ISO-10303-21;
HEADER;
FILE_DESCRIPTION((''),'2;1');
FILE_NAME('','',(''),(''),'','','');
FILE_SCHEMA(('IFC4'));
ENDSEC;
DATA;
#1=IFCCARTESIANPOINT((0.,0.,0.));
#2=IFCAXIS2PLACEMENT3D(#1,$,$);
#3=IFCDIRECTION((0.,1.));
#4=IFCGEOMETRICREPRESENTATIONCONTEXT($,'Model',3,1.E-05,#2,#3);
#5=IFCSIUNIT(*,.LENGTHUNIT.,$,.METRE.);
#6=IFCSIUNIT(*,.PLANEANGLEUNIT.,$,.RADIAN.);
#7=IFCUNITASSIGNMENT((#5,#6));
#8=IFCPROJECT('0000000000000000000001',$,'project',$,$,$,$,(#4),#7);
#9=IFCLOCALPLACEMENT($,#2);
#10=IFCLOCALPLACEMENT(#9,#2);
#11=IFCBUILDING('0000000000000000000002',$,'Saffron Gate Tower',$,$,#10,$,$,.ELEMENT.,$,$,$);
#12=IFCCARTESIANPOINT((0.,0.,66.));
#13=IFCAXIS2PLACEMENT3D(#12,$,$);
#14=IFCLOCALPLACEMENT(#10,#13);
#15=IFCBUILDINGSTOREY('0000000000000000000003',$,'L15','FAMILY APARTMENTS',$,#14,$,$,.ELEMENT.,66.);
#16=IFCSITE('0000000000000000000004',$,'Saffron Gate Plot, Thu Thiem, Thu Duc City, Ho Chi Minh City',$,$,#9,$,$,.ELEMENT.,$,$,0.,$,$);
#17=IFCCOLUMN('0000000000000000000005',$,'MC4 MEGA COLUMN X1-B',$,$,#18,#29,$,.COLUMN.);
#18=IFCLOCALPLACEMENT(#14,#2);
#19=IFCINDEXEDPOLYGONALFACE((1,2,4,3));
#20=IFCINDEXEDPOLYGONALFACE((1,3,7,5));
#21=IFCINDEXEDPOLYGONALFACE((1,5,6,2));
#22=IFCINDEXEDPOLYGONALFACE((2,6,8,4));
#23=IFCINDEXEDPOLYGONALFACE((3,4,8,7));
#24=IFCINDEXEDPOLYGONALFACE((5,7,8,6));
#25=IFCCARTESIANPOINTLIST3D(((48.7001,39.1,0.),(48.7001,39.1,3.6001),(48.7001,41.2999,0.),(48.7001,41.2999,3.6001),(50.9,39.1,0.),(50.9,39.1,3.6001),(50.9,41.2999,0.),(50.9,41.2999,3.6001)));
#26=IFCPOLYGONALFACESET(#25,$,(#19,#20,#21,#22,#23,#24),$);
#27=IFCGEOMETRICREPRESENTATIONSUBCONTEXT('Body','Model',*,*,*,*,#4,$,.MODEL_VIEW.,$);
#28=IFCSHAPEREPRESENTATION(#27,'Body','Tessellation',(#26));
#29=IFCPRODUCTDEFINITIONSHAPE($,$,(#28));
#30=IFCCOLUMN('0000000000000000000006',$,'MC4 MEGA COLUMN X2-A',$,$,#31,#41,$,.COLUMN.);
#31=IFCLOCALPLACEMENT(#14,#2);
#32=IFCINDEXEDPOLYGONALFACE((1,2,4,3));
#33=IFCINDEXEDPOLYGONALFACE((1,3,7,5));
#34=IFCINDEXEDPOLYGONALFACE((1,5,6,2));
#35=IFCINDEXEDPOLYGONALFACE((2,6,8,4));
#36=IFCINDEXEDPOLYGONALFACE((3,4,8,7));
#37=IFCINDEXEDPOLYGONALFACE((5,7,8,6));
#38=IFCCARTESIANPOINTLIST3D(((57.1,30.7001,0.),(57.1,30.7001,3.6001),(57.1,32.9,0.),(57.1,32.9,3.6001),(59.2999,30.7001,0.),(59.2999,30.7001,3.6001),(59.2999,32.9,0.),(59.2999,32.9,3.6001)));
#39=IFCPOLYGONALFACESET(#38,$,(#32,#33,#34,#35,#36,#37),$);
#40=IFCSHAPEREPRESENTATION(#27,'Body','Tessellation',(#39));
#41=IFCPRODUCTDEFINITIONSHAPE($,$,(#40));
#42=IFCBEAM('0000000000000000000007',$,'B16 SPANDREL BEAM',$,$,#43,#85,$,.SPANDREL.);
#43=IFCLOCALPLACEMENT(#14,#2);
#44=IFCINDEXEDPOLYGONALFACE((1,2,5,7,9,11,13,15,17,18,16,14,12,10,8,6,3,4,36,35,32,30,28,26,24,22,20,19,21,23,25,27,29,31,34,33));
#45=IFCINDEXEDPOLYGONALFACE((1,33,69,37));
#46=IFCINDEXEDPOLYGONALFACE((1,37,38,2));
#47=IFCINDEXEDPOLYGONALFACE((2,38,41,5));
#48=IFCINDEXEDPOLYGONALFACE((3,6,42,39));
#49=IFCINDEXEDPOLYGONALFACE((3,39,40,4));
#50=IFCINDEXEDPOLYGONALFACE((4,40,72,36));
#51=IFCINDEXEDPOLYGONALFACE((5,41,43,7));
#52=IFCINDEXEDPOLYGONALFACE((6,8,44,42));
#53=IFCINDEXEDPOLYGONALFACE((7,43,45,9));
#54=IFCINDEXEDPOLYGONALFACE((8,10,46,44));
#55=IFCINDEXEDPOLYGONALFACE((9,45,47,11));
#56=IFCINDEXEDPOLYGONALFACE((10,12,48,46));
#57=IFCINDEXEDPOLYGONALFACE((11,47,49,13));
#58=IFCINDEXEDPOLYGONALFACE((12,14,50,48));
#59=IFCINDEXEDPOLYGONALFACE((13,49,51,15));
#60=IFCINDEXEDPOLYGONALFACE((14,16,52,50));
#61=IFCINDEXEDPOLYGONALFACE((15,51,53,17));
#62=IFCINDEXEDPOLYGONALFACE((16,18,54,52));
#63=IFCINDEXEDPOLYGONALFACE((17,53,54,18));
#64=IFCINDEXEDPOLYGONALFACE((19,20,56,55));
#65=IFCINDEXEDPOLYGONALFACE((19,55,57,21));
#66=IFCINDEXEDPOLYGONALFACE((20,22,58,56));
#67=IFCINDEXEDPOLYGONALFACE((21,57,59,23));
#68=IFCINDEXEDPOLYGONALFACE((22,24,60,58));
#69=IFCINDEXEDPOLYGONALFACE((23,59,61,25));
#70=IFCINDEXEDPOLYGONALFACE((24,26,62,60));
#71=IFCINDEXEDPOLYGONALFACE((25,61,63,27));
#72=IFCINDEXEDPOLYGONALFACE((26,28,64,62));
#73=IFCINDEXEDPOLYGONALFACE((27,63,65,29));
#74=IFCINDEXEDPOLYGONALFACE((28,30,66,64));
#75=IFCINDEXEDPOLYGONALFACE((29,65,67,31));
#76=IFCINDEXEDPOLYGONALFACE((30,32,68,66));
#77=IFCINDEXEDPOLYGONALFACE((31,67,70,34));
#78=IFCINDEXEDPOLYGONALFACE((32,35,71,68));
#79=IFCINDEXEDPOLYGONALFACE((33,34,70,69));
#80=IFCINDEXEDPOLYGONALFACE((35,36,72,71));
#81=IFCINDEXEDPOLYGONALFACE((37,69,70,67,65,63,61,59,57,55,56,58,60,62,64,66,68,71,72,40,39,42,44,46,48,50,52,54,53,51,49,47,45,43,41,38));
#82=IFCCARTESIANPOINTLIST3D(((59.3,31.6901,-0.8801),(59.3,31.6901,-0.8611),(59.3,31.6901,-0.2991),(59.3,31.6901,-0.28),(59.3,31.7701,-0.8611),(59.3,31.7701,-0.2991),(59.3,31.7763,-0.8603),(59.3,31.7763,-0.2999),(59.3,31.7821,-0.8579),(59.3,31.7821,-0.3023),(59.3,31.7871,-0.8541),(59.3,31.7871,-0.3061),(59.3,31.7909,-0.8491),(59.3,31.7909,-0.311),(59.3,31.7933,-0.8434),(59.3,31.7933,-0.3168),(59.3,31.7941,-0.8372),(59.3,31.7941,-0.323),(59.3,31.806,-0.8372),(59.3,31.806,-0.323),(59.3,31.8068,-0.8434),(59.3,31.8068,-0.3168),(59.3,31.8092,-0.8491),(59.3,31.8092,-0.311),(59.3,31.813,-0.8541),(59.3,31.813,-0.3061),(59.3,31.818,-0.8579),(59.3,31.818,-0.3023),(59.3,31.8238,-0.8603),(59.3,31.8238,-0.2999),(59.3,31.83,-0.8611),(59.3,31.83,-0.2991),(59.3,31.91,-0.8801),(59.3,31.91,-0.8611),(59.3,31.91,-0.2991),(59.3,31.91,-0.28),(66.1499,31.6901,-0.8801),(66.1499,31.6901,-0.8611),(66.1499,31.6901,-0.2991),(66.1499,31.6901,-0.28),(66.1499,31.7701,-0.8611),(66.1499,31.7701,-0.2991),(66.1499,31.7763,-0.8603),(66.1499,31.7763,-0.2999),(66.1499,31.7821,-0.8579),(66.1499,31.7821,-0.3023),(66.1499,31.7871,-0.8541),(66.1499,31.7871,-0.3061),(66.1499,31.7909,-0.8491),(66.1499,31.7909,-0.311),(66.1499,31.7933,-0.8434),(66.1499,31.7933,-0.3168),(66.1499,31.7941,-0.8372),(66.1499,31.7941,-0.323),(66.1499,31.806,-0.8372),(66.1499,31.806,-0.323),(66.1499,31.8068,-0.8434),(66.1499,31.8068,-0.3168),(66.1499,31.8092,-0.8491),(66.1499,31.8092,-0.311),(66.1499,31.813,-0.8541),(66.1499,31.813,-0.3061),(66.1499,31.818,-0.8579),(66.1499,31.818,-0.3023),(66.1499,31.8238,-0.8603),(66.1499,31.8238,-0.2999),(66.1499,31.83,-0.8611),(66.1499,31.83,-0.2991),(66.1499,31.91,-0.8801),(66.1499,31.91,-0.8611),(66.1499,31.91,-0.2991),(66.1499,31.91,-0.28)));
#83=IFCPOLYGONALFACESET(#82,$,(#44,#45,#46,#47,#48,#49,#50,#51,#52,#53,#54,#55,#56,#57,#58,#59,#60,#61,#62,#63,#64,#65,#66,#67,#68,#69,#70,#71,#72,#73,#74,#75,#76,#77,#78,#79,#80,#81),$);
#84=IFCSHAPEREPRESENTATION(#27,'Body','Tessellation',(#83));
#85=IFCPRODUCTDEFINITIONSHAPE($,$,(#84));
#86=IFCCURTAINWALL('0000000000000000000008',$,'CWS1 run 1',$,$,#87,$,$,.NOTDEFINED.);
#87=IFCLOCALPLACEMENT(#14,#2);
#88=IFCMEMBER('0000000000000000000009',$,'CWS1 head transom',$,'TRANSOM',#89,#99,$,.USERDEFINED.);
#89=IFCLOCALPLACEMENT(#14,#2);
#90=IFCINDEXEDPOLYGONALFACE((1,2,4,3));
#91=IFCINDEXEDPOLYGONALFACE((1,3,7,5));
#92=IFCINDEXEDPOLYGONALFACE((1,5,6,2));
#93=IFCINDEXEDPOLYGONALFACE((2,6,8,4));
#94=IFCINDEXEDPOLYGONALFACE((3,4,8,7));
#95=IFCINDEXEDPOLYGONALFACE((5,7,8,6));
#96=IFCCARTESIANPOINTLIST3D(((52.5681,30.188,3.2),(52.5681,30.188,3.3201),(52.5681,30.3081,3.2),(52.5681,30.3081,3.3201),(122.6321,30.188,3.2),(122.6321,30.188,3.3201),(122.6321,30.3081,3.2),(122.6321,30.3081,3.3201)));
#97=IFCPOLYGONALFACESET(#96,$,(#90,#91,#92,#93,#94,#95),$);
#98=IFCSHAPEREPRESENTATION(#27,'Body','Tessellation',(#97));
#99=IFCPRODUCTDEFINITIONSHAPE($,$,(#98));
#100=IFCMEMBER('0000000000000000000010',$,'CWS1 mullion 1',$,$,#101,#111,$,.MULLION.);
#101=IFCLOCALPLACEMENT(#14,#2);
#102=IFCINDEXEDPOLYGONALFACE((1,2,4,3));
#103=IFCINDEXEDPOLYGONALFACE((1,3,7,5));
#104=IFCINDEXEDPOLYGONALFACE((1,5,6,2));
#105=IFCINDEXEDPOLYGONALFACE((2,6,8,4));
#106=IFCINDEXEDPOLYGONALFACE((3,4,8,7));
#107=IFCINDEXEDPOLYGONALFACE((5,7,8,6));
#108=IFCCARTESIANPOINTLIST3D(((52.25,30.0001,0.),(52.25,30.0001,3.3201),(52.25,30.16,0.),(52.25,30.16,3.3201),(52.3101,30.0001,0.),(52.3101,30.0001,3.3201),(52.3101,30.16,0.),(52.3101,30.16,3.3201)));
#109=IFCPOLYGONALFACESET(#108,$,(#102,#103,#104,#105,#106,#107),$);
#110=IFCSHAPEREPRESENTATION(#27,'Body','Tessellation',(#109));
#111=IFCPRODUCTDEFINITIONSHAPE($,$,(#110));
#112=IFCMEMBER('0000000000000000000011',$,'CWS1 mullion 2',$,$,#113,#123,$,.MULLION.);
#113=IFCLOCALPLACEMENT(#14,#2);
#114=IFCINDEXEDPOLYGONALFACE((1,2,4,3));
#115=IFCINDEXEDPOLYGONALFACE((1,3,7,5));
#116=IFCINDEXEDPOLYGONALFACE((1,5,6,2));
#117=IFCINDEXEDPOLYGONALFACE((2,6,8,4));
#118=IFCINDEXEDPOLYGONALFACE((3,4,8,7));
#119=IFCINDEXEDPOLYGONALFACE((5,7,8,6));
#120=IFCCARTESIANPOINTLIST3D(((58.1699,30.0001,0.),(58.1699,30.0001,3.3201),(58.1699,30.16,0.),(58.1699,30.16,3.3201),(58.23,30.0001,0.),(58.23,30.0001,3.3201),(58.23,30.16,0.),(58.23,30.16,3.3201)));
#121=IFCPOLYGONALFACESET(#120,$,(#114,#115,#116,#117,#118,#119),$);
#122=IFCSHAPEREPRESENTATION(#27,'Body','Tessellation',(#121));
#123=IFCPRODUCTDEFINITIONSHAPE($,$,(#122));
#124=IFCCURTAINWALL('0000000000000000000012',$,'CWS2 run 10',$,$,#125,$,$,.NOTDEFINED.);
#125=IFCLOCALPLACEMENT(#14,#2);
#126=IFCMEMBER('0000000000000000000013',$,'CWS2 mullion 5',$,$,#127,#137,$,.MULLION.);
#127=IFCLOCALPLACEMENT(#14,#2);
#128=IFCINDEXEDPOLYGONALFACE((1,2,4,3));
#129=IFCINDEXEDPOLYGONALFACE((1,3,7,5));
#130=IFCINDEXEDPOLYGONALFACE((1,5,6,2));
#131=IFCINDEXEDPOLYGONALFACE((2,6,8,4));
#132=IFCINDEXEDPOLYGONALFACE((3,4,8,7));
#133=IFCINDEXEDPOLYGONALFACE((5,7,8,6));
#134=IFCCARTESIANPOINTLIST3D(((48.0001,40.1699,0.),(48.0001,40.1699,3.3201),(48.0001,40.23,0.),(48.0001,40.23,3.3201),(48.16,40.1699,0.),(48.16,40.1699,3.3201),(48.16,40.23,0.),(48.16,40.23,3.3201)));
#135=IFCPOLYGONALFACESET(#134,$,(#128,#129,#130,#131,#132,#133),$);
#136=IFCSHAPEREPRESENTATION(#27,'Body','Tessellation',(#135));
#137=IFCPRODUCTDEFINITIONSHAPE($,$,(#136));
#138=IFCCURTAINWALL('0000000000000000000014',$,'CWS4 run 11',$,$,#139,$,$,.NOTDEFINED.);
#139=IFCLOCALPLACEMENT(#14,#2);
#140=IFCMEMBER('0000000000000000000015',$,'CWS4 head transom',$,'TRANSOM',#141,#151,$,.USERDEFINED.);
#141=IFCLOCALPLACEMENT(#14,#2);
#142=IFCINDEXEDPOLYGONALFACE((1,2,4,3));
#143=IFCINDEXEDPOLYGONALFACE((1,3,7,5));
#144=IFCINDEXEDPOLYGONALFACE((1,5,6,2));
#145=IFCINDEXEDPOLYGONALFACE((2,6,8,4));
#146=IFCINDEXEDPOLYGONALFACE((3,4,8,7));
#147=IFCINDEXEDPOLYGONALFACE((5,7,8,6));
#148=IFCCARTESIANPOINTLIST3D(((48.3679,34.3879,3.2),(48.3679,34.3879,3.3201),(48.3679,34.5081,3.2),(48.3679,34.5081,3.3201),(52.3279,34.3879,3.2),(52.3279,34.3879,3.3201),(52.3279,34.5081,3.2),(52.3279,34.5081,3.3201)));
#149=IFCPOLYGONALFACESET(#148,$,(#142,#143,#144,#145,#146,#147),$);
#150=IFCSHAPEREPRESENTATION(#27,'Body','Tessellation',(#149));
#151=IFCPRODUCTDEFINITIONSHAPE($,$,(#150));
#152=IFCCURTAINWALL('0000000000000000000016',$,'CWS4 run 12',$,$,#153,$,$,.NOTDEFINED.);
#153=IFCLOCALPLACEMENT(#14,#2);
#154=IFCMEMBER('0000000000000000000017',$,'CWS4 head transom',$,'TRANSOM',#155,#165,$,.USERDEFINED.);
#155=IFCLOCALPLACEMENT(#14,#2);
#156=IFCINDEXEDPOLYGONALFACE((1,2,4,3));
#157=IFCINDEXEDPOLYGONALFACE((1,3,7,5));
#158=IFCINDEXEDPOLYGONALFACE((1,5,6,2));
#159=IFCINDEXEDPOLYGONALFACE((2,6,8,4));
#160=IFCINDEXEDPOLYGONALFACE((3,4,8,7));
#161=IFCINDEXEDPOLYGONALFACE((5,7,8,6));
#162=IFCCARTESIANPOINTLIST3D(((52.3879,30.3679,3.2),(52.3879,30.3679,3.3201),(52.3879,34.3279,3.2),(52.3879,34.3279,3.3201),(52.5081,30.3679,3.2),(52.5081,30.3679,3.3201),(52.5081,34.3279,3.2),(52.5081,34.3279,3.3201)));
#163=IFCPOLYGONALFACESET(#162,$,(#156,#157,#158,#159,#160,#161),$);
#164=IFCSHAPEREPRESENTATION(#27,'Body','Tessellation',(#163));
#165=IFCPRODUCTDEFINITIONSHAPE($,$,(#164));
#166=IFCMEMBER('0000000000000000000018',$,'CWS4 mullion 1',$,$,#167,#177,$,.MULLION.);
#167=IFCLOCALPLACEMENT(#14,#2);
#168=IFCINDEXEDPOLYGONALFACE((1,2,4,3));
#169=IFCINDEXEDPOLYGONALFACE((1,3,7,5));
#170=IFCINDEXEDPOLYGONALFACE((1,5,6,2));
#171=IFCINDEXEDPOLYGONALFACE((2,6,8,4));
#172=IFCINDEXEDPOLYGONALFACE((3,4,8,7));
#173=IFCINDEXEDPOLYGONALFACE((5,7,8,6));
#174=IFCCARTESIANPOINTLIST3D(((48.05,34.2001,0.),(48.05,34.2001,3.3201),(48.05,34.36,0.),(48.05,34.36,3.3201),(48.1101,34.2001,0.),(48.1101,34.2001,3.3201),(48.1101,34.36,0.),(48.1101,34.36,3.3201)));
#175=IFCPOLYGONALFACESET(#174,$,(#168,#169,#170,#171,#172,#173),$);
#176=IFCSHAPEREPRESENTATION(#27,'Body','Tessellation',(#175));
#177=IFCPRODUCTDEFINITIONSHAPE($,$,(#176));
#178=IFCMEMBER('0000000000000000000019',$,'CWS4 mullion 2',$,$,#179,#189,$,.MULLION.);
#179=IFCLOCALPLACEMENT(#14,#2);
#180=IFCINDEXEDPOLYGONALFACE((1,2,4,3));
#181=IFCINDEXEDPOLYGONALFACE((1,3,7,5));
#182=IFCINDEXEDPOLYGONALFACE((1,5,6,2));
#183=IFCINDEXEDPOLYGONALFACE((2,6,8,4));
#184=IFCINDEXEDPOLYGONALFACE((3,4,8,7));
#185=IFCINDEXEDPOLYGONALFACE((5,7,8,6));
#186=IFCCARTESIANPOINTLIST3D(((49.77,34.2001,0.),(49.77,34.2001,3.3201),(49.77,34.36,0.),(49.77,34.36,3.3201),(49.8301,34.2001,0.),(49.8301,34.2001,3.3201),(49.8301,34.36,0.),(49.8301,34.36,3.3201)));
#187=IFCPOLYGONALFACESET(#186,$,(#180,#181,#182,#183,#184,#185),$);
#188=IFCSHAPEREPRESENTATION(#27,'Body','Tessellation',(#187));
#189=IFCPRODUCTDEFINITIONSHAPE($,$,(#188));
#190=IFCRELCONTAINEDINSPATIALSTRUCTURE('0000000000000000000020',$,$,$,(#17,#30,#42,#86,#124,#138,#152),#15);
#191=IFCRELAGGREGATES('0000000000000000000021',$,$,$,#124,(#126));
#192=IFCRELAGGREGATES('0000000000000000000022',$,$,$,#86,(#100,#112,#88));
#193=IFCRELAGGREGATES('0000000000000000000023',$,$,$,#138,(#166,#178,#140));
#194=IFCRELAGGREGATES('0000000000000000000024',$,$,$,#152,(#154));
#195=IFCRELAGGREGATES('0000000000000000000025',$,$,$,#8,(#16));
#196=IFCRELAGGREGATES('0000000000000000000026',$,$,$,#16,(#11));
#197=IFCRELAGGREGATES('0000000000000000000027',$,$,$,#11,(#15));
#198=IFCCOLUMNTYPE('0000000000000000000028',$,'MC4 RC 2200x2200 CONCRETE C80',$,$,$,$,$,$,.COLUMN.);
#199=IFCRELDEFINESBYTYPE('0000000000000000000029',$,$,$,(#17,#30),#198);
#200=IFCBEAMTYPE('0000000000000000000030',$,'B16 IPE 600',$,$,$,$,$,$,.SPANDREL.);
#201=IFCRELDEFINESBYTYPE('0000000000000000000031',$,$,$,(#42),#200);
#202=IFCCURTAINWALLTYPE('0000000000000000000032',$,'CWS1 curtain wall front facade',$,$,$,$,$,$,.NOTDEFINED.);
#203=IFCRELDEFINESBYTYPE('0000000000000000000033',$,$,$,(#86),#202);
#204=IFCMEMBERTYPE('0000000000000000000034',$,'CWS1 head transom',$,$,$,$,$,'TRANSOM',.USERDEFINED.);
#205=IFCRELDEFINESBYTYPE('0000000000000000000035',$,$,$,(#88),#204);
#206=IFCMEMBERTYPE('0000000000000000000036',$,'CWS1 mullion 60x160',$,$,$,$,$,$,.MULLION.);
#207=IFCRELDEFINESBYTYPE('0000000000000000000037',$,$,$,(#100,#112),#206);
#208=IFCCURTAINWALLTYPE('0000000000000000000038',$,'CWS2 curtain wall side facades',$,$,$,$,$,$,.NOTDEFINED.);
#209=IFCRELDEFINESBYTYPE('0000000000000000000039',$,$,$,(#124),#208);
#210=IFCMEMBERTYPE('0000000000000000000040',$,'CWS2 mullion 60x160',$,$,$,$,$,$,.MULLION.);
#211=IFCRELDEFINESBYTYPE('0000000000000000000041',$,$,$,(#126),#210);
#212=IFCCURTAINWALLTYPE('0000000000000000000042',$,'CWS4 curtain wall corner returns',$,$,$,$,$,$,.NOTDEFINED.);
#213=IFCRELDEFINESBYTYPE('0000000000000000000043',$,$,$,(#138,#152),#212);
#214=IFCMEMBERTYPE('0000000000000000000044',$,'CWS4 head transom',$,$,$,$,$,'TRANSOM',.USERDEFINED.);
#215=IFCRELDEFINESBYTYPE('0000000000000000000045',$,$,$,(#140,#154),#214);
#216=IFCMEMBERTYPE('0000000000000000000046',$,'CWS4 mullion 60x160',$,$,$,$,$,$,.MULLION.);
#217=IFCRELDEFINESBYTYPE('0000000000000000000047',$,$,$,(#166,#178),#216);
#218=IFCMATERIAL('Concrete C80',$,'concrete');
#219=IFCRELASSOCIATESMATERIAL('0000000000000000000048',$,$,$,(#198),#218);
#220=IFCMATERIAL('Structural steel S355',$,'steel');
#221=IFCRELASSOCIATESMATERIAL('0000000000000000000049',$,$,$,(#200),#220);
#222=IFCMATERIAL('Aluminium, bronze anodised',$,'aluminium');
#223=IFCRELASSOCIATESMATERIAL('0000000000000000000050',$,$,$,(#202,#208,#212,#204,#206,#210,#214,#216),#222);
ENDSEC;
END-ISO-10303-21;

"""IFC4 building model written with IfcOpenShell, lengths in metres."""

from ifc_helpers import new_model, si_unit, direction, frame, origin, origin_2d, place, context, subcontext, project, spatial, rectangle, i_section, extrude, material, material_profile, profile_set, type_object, element, aggregate, save


model = new_model("IFC4")

# Units and contexts
model_context = context("Model", 3, precision=1e-05, world=origin(), true_north=direction((0.0, 1.0)))
body_context = subcontext(model_context, "Body", "Model", "MODEL_VIEW")
ifc_project = project(units=[si_unit("LENGTHUNIT", "METRE"), si_unit("PLANEANGLEUNIT", "RADIAN")], contexts=[model_context])

# Site, building, storey
site_placement = place(None, origin())
site = spatial("IfcSite", under=ifc_project, at=site_placement, Name="Saffron Gate Plot, Thu Thiem, Thu Duc City, Ho Chi Minh City", CompositionType="ELEMENT", RefElevation=0.0)
building_placement = place(site_placement, origin())
building = spatial("IfcBuilding", under=site, at=building_placement, Name="Saffron Gate Tower", CompositionType="ELEMENT")
storey_placement = place(building_placement, frame((0.0, 0.0, 66.0)))
storey = spatial("IfcBuildingStorey", under=building, at=storey_placement, Name="L15", Description="FAMILY APARTMENTS", CompositionType="ELEMENT", Elevation=66.0)

# Columns
ifc_material_1 = material(Name="Concrete C80", Category="concrete")
ifc_material_profile_1 = material_profile(ifc_material_1, rectangle(XDim=2.2, YDim=2.2, at=origin_2d()))
ifc_profile_set_1 = profile_set([ifc_material_profile_1], Name="Concrete C80")
column_type = type_object("IfcColumnType", Name="MC4 RC 2200x2200 CONCRETE C80", PredefinedType="COLUMN", material=ifc_profile_set_1)
for number, where, z_axis, x_axis, name in (
    (1, (49.8, 40.2, 0.0), (0.0, 0.0, 1.0), (1.0, 0.0, 0.0), "MC4 MEGA COLUMN X1-B"),
    (2, (58.2, 31.8, 0.0), (0.0, 0.0, 1.0), (1.0, 0.0, 0.0), "MC4 MEGA COLUMN X2-A"),
):
    element("IfcColumn", number, at=place(storey_placement, frame(where, z_axis=z_axis, x_axis=x_axis)), inside=storey, type_object=column_type, Name=name, PredefinedType="COLUMN", context=body_context, shape_type="SweptSolid", body=[
        extrude(rectangle(XDim=2.2, YDim=2.2, at=origin_2d()), origin(), (0.0, 0.0, 1.0), 3.6001),
    ])

# Beam
ifc_material_2 = material(Name="Structural steel S355", Category="steel")
ifc_material_profile_2 = material_profile(ifc_material_2, i_section(OverallWidth=0.22, OverallDepth=0.6001, WebThickness=0.012, FlangeThickness=0.019, FilletRadius=0.0239, at=origin_2d()))
ifc_profile_set_2 = profile_set([ifc_material_profile_2], Name="Structural steel S355")
beam_type = type_object("IfcBeamType", Name="B16 IPE 600", PredefinedType="SPANDREL", material=ifc_profile_set_2)
beam_placement = place(storey_placement, frame((59.3, 31.8, -0.5801), z_axis=(1.0, 0.0, 0.0), x_axis=(0.0, 1.0, 0.0)))
element("IfcBeam", 3, at=beam_placement, inside=storey, type_object=beam_type, Name="B16 SPANDREL BEAM", PredefinedType="SPANDREL", context=body_context, shape_type="SweptSolid", body=[
    extrude(i_section(OverallWidth=0.22, OverallDepth=0.6001, WebThickness=0.012, FlangeThickness=0.019, FilletRadius=0.0239, at=origin_2d()), origin(), (0.0, 0.0, 1.0), 6.8499),
])

# Curtain wall, members
ifc_material_3 = material(Name="Aluminium, bronze anodised", Category="aluminium")
curtain_wall_type_1 = type_object("IfcCurtainWallType", Name="CWS1 curtain wall front facade", PredefinedType="NOTDEFINED", material=ifc_material_3)
curtain_wall_1_placement = place(storey_placement, origin())
curtain_wall_1 = element("IfcCurtainWall", 4, at=curtain_wall_1_placement, inside=storey, type_object=curtain_wall_type_1, Name="CWS1 run 1", PredefinedType="NOTDEFINED")
ifc_material_profile_3 = material_profile(ifc_material_3, rectangle(XDim=0.1201, YDim=0.1201, at=origin_2d()))
ifc_profile_set_3 = profile_set([ifc_material_profile_3], Name="Aluminium, bronze anodised")
member_type_1 = type_object("IfcMemberType", Name="CWS1 head transom", ElementType="TRANSOM", PredefinedType="USERDEFINED", material=ifc_profile_set_3)
member_1_placement = place(storey_placement, frame((52.5681, 30.248, 3.26), z_axis=(1.0, 0.0, 0.0), x_axis=(0.0, 1.0, 0.0)))
member_1 = element("IfcMember", 5, at=member_1_placement, type_object=member_type_1, Name="CWS1 head transom", ObjectType="TRANSOM", PredefinedType="USERDEFINED", context=body_context, shape_type="SweptSolid", body=[
    extrude(rectangle(XDim=0.1201, YDim=0.1201, at=origin_2d()), origin(), (0.0, 0.0, 1.0), 70.064),
])
ifc_material_profile_4 = material_profile(ifc_material_3, rectangle(XDim=0.1599, YDim=0.0601, at=origin_2d()))
ifc_profile_set_4 = profile_set([ifc_material_profile_4], Name="Aluminium, bronze anodised")
member_type_2 = type_object("IfcMemberType", Name="CWS1 mullion 60x160", PredefinedType="MULLION", material=ifc_profile_set_4)
member_2_placement = place(storey_placement, frame((52.28, 30.0801, 0.0), z_axis=(0.0, 0.0, 1.0), x_axis=(0.0, 1.0, 0.0)))
member_2 = element("IfcMember", 6, at=member_2_placement, type_object=member_type_2, Name="CWS1 mullion 1", PredefinedType="MULLION", context=body_context, shape_type="SweptSolid", body=[
    extrude(rectangle(XDim=0.1599, YDim=0.0601, at=origin_2d()), origin(), (0.0, 0.0, 1.0), 3.3201),
])
member_3_placement = place(storey_placement, frame((58.2, 30.0801, 0.0), z_axis=(0.0, 0.0, 1.0), x_axis=(0.0, 1.0, 0.0)))
member_3 = element("IfcMember", 7, at=member_3_placement, type_object=member_type_2, Name="CWS1 mullion 2", PredefinedType="MULLION", context=body_context, shape_type="SweptSolid", body=[
    extrude(rectangle(XDim=0.1599, YDim=0.0601, at=origin_2d()), origin(), (0.0, 0.0, 1.0), 3.3201),
])

# Curtain walls, members
curtain_wall_type_2 = type_object("IfcCurtainWallType", Name="CWS2 curtain wall side facades", PredefinedType="NOTDEFINED", material=ifc_material_3)
curtain_wall_2_placement = place(storey_placement, origin())
curtain_wall_2 = element("IfcCurtainWall", 8, at=curtain_wall_2_placement, inside=storey, type_object=curtain_wall_type_2, Name="CWS2 run 10", PredefinedType="NOTDEFINED")
ifc_material_profile_5 = material_profile(ifc_material_3, rectangle(XDim=0.1599, YDim=0.0601, at=origin_2d()))
ifc_profile_set_5 = profile_set([ifc_material_profile_5], Name="Aluminium, bronze anodised")
member_type_3 = type_object("IfcMemberType", Name="CWS2 mullion 60x160", PredefinedType="MULLION", material=ifc_profile_set_5)
member_4_placement = place(storey_placement, frame((48.0801, 40.2, 0.0), z_axis=(0.0, 0.0, 1.0), x_axis=(1.0, 0.0, 0.0)))
member_4 = element("IfcMember", 9, at=member_4_placement, type_object=member_type_3, Name="CWS2 mullion 5", PredefinedType="MULLION", context=body_context, shape_type="SweptSolid", body=[
    extrude(rectangle(XDim=0.1599, YDim=0.0601, at=origin_2d()), origin(), (0.0, 0.0, 1.0), 3.3201),
])
aggregate(curtain_wall_2, [member_4])
curtain_wall_type_3 = type_object("IfcCurtainWallType", Name="CWS4 curtain wall corner returns", PredefinedType="NOTDEFINED", material=ifc_material_3)
curtain_wall_3_placement = place(storey_placement, origin())
curtain_wall_3 = element("IfcCurtainWall", 10, at=curtain_wall_3_placement, inside=storey, type_object=curtain_wall_type_3, Name="CWS4 run 11", PredefinedType="NOTDEFINED")
ifc_material_profile_6 = material_profile(ifc_material_3, rectangle(XDim=0.1201, YDim=0.1201, at=origin_2d()))
ifc_profile_set_6 = profile_set([ifc_material_profile_6], Name="Aluminium, bronze anodised")
member_type_4 = type_object("IfcMemberType", Name="CWS4 head transom", ElementType="TRANSOM", PredefinedType="USERDEFINED", material=ifc_profile_set_6)
member_5_placement = place(storey_placement, frame((48.3679, 34.448, 3.26), z_axis=(1.0, 0.0, 0.0), x_axis=(0.0, 1.0, 0.0)))
member_5 = element("IfcMember", 11, at=member_5_placement, type_object=member_type_4, Name="CWS4 head transom", ObjectType="TRANSOM", PredefinedType="USERDEFINED", context=body_context, shape_type="SweptSolid", body=[
    extrude(rectangle(XDim=0.1201, YDim=0.1201, at=origin_2d()), origin(), (0.0, 0.0, 1.0), 3.96),
])
curtain_wall_4_placement = place(storey_placement, origin())
curtain_wall_4 = element("IfcCurtainWall", 12, at=curtain_wall_4_placement, inside=storey, type_object=curtain_wall_type_3, Name="CWS4 run 12", PredefinedType="NOTDEFINED")
member_6_placement = place(storey_placement, frame((52.448, 34.3279, 3.26), z_axis=(0.0, -1.0, 0.0), x_axis=(1.0, 0.0, 0.0)))
member_6 = element("IfcMember", 13, at=member_6_placement, type_object=member_type_4, Name="CWS4 head transom", ObjectType="TRANSOM", PredefinedType="USERDEFINED", context=body_context, shape_type="SweptSolid", body=[
    extrude(rectangle(XDim=0.1201, YDim=0.1201, at=origin_2d()), origin(), (0.0, 0.0, 1.0), 3.96),
])

# Members
ifc_material_profile_7 = material_profile(ifc_material_3, rectangle(XDim=0.1599, YDim=0.0601, at=origin_2d()))
ifc_profile_set_7 = profile_set([ifc_material_profile_7], Name="Aluminium, bronze anodised")
member_type_5 = type_object("IfcMemberType", Name="CWS4 mullion 60x160", PredefinedType="MULLION", material=ifc_profile_set_7)
member_7_placement = place(storey_placement, frame((48.0801, 34.28, 0.0), z_axis=(0.0, 0.0, 1.0), x_axis=(0.0, 1.0, 0.0)))
member_7 = element("IfcMember", 14, at=member_7_placement, type_object=member_type_5, Name="CWS4 mullion 1", PredefinedType="MULLION", context=body_context, shape_type="SweptSolid", body=[
    extrude(rectangle(XDim=0.1599, YDim=0.0601, at=origin_2d()), origin(), (0.0, 0.0, 1.0), 3.3201),
])
member_8_placement = place(storey_placement, frame((49.8, 34.28, 0.0), z_axis=(0.0, 0.0, 1.0), x_axis=(0.0, 1.0, 0.0)))
member_8 = element("IfcMember", 15, at=member_8_placement, type_object=member_type_5, Name="CWS4 mullion 2", PredefinedType="MULLION", context=body_context, shape_type="SweptSolid", body=[
    extrude(rectangle(XDim=0.1599, YDim=0.0601, at=origin_2d()), origin(), (0.0, 0.0, 1.0), 3.3201),
])

aggregate(curtain_wall_1, [member_2, member_3, member_1])

aggregate(curtain_wall_3, [member_7, member_8, member_5])
aggregate(curtain_wall_4, [member_6])

save(model, "model.ifc")
